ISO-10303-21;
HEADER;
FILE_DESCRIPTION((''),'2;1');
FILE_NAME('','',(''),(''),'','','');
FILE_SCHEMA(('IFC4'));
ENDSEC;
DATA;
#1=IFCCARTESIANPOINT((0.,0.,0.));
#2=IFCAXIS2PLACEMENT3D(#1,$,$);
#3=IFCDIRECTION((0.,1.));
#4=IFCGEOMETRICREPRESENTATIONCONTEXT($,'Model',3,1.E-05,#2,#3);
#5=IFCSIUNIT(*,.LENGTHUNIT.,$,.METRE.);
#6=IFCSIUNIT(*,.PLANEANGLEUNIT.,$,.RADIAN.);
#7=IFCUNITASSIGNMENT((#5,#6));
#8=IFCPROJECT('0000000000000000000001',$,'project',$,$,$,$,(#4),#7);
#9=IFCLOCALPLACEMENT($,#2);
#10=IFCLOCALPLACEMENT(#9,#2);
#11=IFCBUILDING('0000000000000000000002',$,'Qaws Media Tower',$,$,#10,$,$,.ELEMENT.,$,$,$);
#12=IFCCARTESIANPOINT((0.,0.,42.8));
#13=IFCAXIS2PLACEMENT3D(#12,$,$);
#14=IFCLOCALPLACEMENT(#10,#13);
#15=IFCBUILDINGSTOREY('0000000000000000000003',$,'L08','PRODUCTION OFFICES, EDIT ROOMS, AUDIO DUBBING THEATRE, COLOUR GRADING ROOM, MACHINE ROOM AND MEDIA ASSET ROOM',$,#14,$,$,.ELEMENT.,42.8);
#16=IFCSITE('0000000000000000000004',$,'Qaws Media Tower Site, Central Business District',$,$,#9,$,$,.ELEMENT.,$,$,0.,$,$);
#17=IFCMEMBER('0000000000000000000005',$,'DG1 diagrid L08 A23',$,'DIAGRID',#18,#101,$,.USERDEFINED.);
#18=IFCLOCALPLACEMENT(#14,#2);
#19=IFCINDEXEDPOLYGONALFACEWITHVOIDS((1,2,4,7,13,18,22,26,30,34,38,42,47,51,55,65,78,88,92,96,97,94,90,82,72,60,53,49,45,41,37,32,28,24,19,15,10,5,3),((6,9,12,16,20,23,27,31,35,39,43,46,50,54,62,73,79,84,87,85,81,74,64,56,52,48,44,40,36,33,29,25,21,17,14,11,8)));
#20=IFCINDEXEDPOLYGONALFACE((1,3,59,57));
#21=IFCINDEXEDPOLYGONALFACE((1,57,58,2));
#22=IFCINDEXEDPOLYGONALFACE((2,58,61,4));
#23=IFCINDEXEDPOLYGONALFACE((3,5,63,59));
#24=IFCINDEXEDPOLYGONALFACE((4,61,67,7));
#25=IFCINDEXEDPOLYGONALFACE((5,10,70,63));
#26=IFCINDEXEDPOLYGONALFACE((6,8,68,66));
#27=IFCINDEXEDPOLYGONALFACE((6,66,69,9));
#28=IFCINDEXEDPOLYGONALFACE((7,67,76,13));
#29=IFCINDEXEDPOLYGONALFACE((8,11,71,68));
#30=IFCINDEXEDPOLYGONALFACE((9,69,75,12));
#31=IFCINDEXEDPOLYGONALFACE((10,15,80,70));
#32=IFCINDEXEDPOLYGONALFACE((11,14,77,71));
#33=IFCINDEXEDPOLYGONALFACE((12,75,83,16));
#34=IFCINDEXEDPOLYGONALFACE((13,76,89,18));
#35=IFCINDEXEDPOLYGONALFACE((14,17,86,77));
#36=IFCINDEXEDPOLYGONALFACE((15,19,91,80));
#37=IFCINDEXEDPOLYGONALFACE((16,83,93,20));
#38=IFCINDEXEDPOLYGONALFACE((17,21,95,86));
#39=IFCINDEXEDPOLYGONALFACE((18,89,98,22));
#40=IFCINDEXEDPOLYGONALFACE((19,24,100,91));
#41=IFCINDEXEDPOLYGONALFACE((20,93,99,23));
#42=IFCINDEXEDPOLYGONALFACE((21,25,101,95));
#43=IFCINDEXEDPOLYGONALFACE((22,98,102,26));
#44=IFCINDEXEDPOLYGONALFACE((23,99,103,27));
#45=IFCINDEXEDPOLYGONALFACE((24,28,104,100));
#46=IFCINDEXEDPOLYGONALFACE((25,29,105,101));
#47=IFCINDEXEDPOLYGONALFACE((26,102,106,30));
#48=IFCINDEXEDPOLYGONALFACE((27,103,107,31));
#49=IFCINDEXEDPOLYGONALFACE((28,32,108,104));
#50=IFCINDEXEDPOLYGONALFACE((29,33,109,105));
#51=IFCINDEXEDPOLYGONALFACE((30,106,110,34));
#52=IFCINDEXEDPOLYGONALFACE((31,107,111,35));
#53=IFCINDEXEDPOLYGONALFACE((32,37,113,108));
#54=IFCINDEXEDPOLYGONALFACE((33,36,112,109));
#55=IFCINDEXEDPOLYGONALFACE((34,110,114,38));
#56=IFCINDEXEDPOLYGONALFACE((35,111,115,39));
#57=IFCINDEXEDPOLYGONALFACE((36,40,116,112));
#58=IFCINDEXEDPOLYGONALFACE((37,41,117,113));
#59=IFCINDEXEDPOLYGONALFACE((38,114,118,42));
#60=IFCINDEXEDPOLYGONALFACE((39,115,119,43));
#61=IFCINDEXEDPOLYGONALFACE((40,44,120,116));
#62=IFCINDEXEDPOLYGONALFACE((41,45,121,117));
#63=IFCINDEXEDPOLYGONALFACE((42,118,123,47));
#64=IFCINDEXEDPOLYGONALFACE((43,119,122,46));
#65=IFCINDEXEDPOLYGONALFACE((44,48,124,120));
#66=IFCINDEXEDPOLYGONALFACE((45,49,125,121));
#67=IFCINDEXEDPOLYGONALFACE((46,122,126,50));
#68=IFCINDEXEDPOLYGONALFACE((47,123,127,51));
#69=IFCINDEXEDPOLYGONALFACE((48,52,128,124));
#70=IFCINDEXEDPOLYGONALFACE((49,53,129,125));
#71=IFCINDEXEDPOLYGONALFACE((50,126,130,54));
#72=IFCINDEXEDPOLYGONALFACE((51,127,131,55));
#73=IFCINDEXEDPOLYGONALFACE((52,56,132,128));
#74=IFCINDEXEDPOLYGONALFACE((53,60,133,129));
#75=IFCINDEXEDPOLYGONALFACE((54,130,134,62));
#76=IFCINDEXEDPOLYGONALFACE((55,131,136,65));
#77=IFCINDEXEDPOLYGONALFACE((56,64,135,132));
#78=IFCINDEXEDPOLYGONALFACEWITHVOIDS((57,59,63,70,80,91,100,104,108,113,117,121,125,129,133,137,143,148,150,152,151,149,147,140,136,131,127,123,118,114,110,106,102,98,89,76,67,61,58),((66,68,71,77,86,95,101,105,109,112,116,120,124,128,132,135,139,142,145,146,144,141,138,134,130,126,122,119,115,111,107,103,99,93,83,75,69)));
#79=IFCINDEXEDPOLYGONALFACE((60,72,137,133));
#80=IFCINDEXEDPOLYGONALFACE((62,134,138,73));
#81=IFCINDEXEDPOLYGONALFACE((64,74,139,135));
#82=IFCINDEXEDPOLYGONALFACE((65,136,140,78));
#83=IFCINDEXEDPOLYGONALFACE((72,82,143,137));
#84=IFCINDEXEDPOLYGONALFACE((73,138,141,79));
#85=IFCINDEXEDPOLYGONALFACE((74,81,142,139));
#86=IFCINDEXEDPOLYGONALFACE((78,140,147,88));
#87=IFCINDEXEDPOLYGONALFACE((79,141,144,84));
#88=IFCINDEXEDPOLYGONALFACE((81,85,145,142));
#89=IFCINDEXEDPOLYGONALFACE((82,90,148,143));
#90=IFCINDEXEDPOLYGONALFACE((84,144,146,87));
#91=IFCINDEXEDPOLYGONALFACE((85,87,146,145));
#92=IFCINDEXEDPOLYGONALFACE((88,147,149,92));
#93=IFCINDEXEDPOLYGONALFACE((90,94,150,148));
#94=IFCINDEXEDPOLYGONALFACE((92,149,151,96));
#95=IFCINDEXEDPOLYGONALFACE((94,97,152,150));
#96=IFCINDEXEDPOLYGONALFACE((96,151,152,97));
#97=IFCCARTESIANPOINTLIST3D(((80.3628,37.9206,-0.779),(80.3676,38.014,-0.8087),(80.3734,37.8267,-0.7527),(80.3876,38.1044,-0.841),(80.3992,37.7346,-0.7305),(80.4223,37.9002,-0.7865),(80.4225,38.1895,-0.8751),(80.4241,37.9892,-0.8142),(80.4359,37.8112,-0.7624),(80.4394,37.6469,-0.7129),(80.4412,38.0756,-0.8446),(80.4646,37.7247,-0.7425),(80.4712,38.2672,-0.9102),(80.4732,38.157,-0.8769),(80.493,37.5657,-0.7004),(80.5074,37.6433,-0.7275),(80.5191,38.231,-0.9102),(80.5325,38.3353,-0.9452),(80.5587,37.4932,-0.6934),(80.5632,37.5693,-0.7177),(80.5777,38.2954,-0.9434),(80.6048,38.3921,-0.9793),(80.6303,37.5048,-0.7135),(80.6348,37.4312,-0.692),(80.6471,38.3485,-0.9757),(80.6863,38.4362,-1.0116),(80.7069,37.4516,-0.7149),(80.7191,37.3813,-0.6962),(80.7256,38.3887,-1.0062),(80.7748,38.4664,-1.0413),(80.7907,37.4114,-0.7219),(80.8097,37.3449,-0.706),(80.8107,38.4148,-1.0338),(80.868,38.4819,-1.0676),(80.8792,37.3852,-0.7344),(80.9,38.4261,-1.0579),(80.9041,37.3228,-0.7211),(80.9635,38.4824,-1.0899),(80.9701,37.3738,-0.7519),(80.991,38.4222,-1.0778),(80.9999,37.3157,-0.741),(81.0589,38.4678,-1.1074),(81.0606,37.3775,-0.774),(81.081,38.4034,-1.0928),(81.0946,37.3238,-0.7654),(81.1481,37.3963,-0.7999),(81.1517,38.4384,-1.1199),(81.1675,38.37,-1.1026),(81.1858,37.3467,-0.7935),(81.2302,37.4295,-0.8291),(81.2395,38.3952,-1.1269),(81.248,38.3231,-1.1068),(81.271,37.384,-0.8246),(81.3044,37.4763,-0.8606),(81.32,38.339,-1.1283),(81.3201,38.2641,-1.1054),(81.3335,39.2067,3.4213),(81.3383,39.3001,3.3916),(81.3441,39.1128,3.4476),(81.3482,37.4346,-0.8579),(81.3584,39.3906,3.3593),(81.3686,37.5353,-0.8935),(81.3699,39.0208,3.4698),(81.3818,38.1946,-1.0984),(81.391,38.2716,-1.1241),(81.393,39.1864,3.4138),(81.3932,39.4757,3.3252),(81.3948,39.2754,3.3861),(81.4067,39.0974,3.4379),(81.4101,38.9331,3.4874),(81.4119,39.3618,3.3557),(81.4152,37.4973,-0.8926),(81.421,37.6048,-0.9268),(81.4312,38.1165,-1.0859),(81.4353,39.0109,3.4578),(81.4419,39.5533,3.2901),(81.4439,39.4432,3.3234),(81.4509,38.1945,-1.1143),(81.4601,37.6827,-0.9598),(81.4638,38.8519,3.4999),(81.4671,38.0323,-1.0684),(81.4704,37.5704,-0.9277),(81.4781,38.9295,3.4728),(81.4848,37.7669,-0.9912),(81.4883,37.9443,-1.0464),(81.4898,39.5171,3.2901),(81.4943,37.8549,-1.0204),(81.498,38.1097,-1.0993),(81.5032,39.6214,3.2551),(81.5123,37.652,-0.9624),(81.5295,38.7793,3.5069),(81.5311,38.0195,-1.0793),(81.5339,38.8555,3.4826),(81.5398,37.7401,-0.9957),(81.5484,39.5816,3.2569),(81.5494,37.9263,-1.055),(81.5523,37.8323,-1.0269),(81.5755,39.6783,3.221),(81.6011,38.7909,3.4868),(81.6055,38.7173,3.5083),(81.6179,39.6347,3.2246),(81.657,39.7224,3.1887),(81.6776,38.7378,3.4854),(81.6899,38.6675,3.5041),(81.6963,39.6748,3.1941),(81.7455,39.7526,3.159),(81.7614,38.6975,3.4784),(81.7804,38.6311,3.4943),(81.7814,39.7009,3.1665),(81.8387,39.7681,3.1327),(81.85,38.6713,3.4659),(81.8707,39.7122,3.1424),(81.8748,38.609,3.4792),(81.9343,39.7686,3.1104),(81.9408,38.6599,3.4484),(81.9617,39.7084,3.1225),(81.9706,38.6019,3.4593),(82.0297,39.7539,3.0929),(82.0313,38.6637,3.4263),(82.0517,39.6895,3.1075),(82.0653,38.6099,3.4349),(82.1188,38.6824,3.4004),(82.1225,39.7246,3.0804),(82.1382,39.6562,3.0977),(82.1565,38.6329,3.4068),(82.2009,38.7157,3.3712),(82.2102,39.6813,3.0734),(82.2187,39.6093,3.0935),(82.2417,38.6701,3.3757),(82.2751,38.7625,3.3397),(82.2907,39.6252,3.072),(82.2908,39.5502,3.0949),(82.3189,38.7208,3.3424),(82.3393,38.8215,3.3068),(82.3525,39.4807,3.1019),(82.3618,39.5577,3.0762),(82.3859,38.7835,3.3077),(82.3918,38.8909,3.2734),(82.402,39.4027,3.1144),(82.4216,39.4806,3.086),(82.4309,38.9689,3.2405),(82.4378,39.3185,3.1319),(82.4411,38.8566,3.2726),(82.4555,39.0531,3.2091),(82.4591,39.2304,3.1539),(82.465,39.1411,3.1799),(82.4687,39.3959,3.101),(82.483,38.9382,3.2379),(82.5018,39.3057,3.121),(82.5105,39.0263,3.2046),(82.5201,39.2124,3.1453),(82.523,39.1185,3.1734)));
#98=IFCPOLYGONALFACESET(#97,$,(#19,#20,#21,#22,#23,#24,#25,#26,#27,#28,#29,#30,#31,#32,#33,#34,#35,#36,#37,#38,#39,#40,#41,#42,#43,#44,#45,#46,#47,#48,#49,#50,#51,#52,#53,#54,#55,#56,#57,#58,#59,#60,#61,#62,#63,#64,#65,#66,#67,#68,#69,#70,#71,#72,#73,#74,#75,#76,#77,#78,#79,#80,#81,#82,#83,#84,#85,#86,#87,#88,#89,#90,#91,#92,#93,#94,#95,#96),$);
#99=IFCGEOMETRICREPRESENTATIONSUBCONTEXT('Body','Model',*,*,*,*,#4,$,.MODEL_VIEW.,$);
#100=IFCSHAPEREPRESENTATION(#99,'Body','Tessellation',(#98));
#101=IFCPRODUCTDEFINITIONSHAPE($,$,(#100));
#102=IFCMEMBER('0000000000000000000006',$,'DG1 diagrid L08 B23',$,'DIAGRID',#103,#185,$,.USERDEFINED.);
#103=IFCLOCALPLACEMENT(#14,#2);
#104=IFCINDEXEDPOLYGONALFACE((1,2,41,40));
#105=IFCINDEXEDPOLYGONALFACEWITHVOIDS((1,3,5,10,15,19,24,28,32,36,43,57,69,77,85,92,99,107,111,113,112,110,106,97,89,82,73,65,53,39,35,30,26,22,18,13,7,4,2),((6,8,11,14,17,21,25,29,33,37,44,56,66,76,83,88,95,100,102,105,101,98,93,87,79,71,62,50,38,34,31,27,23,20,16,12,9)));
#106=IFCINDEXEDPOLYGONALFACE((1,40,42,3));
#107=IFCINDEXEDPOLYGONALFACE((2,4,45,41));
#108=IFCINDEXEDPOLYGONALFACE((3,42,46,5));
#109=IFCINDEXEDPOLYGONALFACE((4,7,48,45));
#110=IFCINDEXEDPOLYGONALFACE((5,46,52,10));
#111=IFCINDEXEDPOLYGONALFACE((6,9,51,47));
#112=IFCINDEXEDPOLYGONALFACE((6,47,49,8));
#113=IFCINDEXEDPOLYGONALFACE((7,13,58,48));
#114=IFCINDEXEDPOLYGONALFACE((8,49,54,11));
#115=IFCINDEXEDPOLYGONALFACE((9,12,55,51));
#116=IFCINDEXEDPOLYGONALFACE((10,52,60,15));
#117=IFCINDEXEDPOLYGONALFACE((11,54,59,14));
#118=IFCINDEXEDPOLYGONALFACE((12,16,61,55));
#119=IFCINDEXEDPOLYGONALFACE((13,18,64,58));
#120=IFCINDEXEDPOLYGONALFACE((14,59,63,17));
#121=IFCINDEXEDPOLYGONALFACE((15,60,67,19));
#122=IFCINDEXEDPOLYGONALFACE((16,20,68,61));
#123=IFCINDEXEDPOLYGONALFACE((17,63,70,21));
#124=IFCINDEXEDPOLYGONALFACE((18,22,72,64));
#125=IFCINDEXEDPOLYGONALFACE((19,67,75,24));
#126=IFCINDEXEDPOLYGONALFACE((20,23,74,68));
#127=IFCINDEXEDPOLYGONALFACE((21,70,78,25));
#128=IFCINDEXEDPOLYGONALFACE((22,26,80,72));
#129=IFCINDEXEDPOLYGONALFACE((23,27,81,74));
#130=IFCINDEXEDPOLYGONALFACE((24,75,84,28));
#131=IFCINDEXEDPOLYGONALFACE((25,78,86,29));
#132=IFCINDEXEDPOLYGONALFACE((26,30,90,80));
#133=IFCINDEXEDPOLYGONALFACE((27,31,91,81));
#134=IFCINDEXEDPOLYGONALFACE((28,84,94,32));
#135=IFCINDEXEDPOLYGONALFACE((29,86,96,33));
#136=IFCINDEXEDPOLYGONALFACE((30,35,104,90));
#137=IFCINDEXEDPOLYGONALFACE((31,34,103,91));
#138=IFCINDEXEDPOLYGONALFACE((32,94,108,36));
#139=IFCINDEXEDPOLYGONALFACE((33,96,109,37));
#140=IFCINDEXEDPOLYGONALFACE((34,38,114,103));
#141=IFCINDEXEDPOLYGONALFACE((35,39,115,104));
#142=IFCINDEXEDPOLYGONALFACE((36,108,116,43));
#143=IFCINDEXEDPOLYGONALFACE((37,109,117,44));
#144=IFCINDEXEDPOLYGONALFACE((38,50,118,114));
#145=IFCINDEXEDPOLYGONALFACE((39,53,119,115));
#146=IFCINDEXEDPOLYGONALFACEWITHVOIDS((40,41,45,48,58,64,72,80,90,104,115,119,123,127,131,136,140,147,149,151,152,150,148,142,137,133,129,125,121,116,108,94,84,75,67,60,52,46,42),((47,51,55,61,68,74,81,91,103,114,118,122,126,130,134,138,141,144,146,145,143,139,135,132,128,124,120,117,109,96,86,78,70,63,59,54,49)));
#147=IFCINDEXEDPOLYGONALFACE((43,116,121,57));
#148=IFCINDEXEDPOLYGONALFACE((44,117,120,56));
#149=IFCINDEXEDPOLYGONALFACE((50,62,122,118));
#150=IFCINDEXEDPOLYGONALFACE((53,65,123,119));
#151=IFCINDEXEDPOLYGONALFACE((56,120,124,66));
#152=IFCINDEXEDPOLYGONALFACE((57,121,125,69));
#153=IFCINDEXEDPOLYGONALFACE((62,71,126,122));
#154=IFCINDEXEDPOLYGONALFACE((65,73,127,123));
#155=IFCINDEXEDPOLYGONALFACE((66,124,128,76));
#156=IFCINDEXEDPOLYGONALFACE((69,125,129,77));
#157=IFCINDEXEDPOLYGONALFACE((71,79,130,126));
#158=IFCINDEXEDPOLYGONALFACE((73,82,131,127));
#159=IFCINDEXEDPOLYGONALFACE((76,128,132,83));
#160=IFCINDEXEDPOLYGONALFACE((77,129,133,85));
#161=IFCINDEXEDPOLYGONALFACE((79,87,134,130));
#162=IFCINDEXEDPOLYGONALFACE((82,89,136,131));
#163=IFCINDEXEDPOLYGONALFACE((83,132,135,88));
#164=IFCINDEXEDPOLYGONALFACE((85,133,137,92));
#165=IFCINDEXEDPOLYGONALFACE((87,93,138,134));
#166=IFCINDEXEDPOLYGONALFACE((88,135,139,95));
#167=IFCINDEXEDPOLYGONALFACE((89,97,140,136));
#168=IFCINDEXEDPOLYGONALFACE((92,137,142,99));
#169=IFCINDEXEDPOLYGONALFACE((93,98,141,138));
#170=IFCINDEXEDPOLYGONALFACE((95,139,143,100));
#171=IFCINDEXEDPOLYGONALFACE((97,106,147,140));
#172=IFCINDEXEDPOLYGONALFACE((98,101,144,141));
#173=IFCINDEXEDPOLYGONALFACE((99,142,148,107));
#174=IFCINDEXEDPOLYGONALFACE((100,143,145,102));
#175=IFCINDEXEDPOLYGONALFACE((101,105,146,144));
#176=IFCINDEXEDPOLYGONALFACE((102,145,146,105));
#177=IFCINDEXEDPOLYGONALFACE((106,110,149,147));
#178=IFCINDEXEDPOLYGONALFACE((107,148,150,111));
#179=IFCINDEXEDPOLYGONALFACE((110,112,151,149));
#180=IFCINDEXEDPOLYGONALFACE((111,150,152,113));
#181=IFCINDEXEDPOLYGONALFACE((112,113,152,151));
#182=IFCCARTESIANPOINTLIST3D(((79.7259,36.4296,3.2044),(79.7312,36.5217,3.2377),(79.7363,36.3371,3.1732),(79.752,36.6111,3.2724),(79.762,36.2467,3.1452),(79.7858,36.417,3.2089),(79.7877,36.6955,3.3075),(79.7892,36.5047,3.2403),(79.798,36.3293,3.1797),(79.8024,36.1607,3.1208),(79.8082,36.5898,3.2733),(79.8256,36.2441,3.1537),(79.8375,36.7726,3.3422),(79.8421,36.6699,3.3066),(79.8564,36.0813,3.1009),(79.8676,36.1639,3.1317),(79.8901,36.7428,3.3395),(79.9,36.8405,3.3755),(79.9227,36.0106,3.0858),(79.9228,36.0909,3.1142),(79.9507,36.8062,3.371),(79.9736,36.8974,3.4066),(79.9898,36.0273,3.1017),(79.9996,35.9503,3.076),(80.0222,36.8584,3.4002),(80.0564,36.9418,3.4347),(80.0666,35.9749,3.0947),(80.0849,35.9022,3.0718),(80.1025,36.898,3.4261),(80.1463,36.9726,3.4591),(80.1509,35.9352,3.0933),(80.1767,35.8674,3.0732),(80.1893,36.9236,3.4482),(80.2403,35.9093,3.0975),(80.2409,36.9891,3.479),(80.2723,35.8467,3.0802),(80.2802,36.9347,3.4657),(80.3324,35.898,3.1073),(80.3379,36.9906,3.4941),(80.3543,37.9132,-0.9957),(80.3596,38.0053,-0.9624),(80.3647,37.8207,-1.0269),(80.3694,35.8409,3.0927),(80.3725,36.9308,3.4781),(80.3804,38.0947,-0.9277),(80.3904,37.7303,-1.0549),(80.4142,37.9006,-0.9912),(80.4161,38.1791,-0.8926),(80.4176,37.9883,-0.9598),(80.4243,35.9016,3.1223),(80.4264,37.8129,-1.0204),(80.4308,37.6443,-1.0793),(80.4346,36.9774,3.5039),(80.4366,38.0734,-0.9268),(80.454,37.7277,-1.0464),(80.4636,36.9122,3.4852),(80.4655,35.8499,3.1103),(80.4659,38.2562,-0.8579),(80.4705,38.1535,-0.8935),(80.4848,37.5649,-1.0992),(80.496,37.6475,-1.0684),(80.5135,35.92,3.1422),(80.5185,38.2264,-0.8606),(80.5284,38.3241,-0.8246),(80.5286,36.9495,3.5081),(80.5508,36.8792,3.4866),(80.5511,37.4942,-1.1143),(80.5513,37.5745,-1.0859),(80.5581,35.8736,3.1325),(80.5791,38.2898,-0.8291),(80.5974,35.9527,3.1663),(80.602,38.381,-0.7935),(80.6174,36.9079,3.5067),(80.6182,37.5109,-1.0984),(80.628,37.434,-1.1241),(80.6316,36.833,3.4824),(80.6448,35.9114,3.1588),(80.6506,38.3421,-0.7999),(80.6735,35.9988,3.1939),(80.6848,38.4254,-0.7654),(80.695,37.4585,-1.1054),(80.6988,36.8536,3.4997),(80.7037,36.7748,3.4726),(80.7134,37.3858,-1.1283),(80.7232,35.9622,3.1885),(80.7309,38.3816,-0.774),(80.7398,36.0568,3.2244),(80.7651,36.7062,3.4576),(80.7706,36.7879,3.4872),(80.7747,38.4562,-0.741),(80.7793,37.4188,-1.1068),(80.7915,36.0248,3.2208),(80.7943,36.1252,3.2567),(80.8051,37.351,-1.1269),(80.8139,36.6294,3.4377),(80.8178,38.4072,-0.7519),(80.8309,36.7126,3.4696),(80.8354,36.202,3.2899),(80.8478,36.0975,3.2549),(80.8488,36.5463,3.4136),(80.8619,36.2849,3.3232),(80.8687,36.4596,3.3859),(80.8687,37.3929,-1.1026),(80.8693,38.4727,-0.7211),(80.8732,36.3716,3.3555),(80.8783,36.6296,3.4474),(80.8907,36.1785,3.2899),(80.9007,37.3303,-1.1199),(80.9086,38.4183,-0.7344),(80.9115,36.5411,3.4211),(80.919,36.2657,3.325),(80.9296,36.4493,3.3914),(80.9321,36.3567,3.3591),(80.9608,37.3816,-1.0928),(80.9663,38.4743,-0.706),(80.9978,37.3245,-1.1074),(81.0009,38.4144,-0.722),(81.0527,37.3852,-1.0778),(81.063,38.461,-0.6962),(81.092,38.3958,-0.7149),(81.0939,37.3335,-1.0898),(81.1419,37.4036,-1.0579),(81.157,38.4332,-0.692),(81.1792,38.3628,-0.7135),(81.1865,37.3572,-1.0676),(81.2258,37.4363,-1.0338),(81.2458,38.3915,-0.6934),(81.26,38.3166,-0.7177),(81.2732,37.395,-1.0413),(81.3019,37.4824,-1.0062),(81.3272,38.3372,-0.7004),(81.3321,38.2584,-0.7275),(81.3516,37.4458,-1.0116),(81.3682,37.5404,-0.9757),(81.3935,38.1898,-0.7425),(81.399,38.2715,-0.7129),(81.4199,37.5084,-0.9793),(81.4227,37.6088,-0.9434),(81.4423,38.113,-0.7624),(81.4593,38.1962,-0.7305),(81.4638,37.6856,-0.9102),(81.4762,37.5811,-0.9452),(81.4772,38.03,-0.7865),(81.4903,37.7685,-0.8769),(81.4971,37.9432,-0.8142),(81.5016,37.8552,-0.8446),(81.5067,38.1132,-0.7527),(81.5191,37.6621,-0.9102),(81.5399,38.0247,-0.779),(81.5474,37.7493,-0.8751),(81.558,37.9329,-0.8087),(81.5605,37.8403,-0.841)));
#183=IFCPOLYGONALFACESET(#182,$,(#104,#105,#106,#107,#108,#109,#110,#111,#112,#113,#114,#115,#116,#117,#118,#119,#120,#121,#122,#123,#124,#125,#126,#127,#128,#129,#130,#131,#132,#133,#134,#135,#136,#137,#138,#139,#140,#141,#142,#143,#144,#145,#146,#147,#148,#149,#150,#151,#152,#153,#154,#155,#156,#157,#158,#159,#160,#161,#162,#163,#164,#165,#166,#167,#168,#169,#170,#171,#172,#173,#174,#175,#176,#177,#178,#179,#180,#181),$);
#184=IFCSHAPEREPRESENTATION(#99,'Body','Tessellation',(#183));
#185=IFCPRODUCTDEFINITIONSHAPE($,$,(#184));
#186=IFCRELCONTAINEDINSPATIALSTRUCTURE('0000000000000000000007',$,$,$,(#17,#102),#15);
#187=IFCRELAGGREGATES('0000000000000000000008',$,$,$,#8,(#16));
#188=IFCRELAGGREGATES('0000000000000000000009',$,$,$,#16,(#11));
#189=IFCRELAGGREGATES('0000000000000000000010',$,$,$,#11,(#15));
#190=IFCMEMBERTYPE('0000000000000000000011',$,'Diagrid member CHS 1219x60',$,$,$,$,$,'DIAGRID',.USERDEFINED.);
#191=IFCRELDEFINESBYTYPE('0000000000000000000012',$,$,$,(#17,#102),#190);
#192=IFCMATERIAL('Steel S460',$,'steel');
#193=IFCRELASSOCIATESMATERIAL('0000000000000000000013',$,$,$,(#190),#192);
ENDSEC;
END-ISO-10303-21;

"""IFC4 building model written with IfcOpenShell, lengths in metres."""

from ifc_helpers import new_model, si_unit, direction, frame, origin, origin_2d, place, context, subcontext, project, spatial, hollow_circle, extrude, material, material_profile, profile_set, type_object, element, save


model = new_model("IFC4")

# Units and contexts
model_context = context("Model", 3, precision=1e-05, world=origin(), true_north=direction((0.0, 1.0)))
body_context = subcontext(model_context, "Body", "Model", "MODEL_VIEW")
ifc_project = project(units=[si_unit("LENGTHUNIT", "METRE"), si_unit("PLANEANGLEUNIT", "RADIAN")], contexts=[model_context])

# Site, building, storey
site_placement = place(None, origin())
site = spatial("IfcSite", under=ifc_project, at=site_placement, Name="Qaws Media Tower Site, Central Business District", CompositionType="ELEMENT", RefElevation=0.0)
building_placement = place(site_placement, origin())
building = spatial("IfcBuilding", under=site, at=building_placement, Name="Qaws Media Tower", CompositionType="ELEMENT")
storey_placement = place(building_placement, frame((0.0, 0.0, 42.8)))
storey = spatial("IfcBuildingStorey", under=building, at=storey_placement, Name="L08", Description="PRODUCTION OFFICES, EDIT ROOMS, AUDIO DUBBING THEATRE, COLOUR GRADING ROOM, MACHINE ROOM AND MEDIA ASSET ROOM", CompositionType="ELEMENT", Elevation=42.8)

# Members
ifc_material_1 = material(Name="Steel S460", Category="steel")
ifc_material_profile_1 = material_profile(ifc_material_1, hollow_circle(Radius=0.6096, WallThickness=0.0601, at=origin_2d()), Name="CHS 1219x60")
ifc_profile_set_1 = profile_set([ifc_material_profile_1], Name="Steel S460")
member_type_1 = type_object("IfcMemberType", Name="Diagrid member CHS 1219x60", ElementType="DIAGRID", PredefinedType="USERDEFINED", material=ifc_profile_set_1)
member_1_placement = place(storey_placement, frame((80.9578, 37.8999, -0.9102), z_axis=(0.215776, 0.285892, 0.933652), x_axis=(-0.798178, 0.602421, 0.0)))
element("IfcMember", 1, at=member_1_placement, inside=storey, type_object=member_type_1, Name="DG1 diagrid L08 A23", ObjectType="DIAGRID", PredefinedType="USERDEFINED", context=body_context, shape_type="SweptSolid", body=[
    extrude(hollow_circle(Radius=0.6096, WallThickness=0.0601, at=origin_2d()), origin(), (0.0, 0.0, 1.0), 4.4988),
])
member_2_placement = place(storey_placement, frame((80.9578, 37.8999, -0.9102), z_axis=(-0.139691, -0.329798, 0.933659), x_axis=(0.920806, -0.390021, 0.0)))
element("IfcMember", 2, at=member_2_placement, inside=storey, type_object=member_type_1, Name="DG1 diagrid L08 B23", ObjectType="DIAGRID", PredefinedType="USERDEFINED", context=body_context, shape_type="SweptSolid", body=[
    extrude(hollow_circle(Radius=0.6096, WallThickness=0.0601, at=origin_2d()), origin(), (0.0, 0.0, 1.0), 4.4985),
])

save(model, "model.ifc")
